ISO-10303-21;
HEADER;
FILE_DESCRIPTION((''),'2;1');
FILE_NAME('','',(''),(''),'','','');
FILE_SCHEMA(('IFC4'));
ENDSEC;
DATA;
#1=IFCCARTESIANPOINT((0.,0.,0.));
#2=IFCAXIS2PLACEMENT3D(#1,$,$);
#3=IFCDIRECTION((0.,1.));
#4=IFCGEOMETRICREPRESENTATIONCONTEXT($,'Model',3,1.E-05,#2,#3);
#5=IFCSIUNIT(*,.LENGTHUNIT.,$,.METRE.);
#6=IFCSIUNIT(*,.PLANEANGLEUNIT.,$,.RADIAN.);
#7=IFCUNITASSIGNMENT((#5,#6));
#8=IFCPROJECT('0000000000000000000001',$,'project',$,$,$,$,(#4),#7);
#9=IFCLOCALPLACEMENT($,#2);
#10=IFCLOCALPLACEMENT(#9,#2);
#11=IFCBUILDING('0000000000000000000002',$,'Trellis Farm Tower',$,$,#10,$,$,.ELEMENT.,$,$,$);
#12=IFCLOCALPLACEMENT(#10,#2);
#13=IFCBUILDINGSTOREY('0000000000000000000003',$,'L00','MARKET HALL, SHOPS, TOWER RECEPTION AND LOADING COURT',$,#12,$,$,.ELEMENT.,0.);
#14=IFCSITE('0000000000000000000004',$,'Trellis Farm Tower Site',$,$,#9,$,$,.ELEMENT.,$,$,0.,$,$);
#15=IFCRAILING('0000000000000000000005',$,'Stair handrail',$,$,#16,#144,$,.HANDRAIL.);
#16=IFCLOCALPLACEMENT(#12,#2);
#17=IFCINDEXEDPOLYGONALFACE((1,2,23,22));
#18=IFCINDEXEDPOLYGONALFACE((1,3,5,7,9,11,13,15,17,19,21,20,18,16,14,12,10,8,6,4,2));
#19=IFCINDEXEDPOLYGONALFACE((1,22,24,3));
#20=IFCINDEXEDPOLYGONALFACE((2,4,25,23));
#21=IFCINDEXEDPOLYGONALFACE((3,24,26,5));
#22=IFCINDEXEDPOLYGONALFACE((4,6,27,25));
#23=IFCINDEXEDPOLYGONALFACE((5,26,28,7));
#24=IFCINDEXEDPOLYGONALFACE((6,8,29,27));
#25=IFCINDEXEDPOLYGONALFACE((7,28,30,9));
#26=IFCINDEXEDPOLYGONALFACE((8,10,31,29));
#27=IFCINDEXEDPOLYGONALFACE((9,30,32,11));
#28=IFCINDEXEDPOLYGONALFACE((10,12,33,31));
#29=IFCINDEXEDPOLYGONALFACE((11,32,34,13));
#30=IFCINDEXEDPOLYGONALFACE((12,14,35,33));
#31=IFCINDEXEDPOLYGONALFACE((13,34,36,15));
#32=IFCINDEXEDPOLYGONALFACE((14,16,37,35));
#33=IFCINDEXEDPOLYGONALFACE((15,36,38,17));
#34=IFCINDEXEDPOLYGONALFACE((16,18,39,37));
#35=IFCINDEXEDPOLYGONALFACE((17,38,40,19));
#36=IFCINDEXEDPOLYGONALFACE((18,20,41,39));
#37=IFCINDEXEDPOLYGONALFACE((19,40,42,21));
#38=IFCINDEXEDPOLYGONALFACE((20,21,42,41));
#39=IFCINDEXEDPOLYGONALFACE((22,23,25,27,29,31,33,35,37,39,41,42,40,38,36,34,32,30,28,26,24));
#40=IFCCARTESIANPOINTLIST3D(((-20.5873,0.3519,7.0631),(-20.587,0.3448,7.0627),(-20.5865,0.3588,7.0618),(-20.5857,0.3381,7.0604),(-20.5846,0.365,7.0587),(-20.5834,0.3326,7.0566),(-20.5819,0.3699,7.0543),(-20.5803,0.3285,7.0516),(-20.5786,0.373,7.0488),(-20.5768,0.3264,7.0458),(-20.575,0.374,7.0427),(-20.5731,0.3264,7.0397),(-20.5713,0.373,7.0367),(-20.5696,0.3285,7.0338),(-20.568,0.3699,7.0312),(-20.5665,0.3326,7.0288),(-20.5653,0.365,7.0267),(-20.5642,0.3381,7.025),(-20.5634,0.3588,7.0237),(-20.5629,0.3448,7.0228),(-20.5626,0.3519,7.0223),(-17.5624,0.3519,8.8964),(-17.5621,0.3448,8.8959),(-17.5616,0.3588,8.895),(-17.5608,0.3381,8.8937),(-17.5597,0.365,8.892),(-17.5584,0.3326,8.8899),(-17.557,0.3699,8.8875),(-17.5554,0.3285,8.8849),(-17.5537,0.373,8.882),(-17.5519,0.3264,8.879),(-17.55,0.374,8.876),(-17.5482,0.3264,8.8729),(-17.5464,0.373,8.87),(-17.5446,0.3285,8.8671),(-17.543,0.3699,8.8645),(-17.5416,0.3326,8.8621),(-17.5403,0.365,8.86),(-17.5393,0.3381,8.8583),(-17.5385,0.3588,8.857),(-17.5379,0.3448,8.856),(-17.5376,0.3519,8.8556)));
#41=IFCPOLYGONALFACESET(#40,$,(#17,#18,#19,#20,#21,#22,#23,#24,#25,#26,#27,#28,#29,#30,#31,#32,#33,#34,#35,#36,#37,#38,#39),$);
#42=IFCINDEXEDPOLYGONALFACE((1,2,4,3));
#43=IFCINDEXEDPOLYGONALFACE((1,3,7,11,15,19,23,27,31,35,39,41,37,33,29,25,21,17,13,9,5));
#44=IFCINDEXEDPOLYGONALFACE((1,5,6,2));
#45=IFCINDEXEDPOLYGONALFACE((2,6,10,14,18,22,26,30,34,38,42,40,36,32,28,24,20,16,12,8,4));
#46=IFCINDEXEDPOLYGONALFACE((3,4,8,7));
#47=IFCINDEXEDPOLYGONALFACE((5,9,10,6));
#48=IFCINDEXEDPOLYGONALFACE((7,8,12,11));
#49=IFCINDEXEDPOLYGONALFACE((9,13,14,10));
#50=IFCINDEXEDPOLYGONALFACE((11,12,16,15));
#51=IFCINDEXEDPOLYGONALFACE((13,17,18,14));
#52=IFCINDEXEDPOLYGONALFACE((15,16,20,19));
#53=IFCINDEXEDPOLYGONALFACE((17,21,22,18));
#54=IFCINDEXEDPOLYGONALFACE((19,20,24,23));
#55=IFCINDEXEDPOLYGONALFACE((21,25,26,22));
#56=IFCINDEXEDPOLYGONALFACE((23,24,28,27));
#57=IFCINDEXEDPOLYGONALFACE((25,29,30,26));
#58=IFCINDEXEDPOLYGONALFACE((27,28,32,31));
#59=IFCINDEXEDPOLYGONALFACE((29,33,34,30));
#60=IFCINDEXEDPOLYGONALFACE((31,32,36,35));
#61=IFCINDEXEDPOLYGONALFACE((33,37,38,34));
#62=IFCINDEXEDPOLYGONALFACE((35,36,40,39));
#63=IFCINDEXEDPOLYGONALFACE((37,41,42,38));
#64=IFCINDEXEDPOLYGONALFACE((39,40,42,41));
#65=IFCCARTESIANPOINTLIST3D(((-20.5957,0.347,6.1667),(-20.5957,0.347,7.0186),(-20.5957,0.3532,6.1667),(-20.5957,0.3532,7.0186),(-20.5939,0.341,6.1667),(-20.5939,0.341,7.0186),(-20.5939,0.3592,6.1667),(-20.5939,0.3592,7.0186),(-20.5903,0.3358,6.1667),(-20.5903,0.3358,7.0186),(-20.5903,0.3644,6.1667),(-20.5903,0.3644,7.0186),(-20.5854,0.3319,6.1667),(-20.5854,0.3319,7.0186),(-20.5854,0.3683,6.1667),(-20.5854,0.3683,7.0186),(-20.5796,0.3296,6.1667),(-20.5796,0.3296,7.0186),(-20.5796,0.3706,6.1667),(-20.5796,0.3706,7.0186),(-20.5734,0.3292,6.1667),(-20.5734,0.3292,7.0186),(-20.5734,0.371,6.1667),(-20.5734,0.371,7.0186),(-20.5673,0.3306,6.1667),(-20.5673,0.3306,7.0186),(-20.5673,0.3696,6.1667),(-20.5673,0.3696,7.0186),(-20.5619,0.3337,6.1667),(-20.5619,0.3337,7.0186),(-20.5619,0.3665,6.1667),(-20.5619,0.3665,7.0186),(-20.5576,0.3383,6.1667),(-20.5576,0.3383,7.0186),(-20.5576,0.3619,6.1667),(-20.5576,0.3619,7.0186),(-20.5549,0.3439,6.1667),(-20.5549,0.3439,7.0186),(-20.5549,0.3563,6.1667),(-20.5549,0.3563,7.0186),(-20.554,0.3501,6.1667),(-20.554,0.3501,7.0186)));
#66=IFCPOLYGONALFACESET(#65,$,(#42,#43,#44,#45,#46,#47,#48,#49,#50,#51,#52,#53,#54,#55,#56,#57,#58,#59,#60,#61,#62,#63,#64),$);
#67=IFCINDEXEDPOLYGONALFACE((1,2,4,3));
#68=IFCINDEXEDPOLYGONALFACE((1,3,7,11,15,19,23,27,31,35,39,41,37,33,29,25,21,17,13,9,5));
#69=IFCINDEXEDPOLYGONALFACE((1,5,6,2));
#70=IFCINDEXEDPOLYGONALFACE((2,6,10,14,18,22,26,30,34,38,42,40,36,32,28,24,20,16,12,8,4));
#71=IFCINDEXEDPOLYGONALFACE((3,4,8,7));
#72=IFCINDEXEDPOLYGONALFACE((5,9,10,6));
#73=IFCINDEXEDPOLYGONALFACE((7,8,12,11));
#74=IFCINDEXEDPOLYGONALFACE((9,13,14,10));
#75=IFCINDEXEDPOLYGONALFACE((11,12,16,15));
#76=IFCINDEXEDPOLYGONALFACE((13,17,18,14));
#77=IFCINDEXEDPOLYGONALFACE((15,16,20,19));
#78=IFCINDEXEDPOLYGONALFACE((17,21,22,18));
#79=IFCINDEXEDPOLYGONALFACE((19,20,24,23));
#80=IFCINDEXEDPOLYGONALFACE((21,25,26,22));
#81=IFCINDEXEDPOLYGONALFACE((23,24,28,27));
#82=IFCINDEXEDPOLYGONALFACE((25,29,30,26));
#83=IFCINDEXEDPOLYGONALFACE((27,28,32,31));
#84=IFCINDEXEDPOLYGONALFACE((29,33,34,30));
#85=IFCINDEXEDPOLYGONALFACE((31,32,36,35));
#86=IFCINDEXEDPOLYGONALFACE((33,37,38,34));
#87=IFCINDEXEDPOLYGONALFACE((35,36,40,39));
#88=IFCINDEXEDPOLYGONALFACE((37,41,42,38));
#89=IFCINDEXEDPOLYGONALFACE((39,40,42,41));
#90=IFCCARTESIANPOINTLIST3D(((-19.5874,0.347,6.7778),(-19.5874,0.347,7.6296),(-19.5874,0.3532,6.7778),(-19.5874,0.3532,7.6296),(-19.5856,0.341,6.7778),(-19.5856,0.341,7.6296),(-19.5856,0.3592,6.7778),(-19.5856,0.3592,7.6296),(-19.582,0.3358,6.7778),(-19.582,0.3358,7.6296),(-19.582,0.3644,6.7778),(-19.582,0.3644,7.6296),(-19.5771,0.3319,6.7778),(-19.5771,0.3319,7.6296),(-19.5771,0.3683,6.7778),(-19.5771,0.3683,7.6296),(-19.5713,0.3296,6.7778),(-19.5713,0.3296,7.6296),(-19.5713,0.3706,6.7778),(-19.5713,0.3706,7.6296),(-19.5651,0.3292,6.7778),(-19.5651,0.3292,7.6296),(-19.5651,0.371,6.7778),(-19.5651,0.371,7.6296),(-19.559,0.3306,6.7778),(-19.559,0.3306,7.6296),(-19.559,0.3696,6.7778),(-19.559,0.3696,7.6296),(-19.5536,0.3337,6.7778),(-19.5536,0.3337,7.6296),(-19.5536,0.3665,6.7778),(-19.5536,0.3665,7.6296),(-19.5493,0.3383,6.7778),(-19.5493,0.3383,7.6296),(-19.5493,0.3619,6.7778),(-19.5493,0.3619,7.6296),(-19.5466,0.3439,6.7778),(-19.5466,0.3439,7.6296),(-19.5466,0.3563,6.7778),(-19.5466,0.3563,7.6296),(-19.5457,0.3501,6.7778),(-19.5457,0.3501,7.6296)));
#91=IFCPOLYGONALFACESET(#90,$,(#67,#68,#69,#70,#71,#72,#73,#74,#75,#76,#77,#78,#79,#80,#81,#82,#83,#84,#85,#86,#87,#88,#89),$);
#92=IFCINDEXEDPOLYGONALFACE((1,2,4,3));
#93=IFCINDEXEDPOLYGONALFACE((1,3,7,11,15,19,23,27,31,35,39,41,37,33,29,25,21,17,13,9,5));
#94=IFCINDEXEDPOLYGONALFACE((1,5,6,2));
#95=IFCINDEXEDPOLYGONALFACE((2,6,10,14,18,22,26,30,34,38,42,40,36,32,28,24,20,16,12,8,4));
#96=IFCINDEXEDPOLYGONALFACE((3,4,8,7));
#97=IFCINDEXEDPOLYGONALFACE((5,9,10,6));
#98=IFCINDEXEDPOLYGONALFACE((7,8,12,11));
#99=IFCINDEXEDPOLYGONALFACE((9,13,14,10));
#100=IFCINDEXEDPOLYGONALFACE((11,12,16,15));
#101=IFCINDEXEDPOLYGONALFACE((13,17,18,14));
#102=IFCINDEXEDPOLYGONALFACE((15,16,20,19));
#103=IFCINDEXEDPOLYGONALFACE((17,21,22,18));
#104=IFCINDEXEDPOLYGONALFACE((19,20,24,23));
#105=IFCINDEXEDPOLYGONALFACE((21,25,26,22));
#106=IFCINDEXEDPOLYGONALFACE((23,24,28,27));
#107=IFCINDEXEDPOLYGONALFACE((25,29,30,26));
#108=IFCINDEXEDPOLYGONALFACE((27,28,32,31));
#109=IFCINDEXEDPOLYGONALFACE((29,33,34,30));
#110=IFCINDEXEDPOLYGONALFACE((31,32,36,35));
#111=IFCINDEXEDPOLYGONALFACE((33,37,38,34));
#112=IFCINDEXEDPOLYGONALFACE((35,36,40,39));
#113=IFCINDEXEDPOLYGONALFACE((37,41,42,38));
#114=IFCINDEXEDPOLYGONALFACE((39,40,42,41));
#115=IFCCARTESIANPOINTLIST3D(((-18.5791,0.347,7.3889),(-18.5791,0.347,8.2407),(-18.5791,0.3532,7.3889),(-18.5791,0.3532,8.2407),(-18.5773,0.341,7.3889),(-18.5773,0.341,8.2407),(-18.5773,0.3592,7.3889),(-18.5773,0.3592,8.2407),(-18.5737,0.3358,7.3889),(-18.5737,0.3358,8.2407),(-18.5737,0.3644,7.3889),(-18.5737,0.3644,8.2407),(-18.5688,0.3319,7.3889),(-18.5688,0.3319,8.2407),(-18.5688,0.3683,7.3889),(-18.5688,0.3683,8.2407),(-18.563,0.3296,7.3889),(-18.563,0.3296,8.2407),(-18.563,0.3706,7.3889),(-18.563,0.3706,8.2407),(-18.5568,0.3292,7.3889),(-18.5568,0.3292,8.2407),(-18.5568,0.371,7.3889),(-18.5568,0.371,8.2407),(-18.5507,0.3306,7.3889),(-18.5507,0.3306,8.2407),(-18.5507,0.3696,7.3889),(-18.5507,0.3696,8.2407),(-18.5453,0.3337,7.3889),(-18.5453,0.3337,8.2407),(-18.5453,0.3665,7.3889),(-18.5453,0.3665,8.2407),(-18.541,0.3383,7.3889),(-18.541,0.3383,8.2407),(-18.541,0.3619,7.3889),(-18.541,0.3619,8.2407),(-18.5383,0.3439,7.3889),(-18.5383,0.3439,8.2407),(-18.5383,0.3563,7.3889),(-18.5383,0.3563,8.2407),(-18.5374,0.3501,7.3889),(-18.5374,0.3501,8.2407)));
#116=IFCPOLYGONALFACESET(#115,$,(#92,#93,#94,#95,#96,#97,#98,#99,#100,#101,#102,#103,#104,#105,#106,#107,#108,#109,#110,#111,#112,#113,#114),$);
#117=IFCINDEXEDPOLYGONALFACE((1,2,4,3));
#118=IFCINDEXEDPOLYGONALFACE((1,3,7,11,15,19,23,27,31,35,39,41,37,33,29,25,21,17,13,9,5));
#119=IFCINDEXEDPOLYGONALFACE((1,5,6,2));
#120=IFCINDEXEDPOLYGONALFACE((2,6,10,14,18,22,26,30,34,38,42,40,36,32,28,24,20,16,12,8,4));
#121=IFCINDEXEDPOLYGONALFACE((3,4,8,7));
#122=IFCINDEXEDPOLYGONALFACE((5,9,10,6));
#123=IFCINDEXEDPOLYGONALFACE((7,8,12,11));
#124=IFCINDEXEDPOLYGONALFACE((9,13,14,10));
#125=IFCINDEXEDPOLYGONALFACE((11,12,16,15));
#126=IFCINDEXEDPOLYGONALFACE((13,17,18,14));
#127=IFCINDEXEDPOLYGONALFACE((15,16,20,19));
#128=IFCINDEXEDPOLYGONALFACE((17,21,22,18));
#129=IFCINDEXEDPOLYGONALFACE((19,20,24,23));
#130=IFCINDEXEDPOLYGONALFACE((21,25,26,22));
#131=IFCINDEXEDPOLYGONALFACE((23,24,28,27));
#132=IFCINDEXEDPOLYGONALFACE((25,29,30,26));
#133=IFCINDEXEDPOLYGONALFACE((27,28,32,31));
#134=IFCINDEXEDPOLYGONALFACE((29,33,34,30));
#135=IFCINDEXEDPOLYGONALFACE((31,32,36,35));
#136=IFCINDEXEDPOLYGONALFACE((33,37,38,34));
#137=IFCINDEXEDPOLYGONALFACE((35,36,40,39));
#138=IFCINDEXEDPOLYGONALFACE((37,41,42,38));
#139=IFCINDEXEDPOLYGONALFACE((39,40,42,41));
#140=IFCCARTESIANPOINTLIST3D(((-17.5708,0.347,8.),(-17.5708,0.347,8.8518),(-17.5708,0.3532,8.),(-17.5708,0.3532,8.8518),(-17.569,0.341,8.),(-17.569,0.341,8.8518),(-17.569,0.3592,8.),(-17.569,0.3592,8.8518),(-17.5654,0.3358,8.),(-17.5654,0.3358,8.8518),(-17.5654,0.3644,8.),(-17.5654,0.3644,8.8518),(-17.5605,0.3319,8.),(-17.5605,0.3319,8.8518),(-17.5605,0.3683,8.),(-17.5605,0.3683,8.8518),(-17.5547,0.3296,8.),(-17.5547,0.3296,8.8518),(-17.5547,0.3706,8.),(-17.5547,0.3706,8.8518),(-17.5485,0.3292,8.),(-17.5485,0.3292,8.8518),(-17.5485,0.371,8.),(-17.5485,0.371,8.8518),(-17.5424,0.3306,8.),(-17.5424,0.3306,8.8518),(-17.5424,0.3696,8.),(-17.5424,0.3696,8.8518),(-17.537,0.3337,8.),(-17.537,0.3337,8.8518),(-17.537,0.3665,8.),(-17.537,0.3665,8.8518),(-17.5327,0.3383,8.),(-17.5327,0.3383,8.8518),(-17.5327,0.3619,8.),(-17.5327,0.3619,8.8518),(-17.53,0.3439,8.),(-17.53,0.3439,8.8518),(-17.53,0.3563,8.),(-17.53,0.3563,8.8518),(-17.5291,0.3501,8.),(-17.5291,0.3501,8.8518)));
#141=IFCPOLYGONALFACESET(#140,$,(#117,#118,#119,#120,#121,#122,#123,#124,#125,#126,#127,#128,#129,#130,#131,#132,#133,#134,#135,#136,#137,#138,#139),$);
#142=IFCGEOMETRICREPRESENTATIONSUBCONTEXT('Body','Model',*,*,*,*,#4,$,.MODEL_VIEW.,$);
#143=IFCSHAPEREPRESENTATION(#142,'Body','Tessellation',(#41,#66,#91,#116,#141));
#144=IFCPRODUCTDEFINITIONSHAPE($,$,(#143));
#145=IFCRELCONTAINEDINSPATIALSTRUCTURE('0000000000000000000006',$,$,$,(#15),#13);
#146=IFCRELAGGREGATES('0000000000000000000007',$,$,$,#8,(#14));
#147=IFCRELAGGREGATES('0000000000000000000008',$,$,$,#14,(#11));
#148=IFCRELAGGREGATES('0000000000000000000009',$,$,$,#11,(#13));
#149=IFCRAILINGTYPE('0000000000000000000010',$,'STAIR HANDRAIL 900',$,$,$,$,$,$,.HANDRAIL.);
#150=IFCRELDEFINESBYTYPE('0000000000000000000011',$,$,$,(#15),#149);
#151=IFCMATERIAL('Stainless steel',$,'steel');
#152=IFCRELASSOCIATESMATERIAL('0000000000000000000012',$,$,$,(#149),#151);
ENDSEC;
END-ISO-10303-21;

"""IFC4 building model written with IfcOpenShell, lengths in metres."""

from ifc_helpers import new_model, si_unit, direction, frame, origin, origin_2d, place, context, subcontext, project, spatial, circle, extrude, source, transform, mapped, material, type_object, element, save


model = new_model("IFC4")

# Units and contexts
model_context = context("Model", 3, precision=1e-05, world=origin(), true_north=direction((0.0, 1.0)))
body_context = subcontext(model_context, "Body", "Model", "MODEL_VIEW")
ifc_project = project(units=[si_unit("LENGTHUNIT", "METRE"), si_unit("PLANEANGLEUNIT", "RADIAN")], contexts=[model_context])

# Site, building, storey
site_placement = place(None, origin())
site = spatial("IfcSite", under=ifc_project, at=site_placement, Name="Trellis Farm Tower Site", CompositionType="ELEMENT", RefElevation=0.0)
building_placement = place(site_placement, origin())
building = spatial("IfcBuilding", under=site, at=building_placement, Name="Trellis Farm Tower", CompositionType="ELEMENT")
storey_placement = place(building_placement, origin())
storey = spatial("IfcBuildingStorey", under=building, at=storey_placement, Name="L00", Description="MARKET HALL, SHOPS, TOWER RECEPTION AND LOADING COURT", CompositionType="ELEMENT", Elevation=0.0)

# Railing
ifc_material_1 = material(Name="Stainless steel", Category="steel")
railing_type = type_object("IfcRailingType", Name="STAIR HANDRAIL 900", PredefinedType="HANDRAIL", material=ifc_material_1)
shared_shape_1 = source(origin(), body_context, "Body", "SweptSolid", [
    extrude(circle(Radius=0.0239, at=origin_2d()), frame((0.0, 0.0, 0.876), z_axis=(0.855201, 0.0, 0.518297), x_axis=(0.0, 1.0, 0.0)), (0.0, 0.0, 1.0), 3.5371),
    extrude(circle(Radius=0.021, at=origin_2d()), origin(), (0.0, 0.0, 1.0), 0.8518),
    extrude(circle(Radius=0.021, at=origin_2d()), frame((1.0083, 0.0, 0.6111)), (0.0, 0.0, 1.0), 0.8518),
    extrude(circle(Radius=0.021, at=origin_2d()), frame((2.0166, 0.0, 1.2222)), (0.0, 0.0, 1.0), 0.8518),
    extrude(circle(Radius=0.021, at=origin_2d()), frame((3.0249, 0.0, 1.8333)), (0.0, 0.0, 1.0), 0.8518),
])
for number, where, name in (
    (1, (-20.575, 0.3501, 6.1667), "Stair handrail"),
):
    element("IfcRailing", number, at=place(storey_placement, frame(where)), inside=storey, type_object=railing_type, Name=name, PredefinedType="HANDRAIL", context=body_context, shape_type="MappedRepresentation", body=[
        mapped(shared_shape_1, transform((0.0, 0.0, 0.0))),
    ])

save(model, "model.ifc")
